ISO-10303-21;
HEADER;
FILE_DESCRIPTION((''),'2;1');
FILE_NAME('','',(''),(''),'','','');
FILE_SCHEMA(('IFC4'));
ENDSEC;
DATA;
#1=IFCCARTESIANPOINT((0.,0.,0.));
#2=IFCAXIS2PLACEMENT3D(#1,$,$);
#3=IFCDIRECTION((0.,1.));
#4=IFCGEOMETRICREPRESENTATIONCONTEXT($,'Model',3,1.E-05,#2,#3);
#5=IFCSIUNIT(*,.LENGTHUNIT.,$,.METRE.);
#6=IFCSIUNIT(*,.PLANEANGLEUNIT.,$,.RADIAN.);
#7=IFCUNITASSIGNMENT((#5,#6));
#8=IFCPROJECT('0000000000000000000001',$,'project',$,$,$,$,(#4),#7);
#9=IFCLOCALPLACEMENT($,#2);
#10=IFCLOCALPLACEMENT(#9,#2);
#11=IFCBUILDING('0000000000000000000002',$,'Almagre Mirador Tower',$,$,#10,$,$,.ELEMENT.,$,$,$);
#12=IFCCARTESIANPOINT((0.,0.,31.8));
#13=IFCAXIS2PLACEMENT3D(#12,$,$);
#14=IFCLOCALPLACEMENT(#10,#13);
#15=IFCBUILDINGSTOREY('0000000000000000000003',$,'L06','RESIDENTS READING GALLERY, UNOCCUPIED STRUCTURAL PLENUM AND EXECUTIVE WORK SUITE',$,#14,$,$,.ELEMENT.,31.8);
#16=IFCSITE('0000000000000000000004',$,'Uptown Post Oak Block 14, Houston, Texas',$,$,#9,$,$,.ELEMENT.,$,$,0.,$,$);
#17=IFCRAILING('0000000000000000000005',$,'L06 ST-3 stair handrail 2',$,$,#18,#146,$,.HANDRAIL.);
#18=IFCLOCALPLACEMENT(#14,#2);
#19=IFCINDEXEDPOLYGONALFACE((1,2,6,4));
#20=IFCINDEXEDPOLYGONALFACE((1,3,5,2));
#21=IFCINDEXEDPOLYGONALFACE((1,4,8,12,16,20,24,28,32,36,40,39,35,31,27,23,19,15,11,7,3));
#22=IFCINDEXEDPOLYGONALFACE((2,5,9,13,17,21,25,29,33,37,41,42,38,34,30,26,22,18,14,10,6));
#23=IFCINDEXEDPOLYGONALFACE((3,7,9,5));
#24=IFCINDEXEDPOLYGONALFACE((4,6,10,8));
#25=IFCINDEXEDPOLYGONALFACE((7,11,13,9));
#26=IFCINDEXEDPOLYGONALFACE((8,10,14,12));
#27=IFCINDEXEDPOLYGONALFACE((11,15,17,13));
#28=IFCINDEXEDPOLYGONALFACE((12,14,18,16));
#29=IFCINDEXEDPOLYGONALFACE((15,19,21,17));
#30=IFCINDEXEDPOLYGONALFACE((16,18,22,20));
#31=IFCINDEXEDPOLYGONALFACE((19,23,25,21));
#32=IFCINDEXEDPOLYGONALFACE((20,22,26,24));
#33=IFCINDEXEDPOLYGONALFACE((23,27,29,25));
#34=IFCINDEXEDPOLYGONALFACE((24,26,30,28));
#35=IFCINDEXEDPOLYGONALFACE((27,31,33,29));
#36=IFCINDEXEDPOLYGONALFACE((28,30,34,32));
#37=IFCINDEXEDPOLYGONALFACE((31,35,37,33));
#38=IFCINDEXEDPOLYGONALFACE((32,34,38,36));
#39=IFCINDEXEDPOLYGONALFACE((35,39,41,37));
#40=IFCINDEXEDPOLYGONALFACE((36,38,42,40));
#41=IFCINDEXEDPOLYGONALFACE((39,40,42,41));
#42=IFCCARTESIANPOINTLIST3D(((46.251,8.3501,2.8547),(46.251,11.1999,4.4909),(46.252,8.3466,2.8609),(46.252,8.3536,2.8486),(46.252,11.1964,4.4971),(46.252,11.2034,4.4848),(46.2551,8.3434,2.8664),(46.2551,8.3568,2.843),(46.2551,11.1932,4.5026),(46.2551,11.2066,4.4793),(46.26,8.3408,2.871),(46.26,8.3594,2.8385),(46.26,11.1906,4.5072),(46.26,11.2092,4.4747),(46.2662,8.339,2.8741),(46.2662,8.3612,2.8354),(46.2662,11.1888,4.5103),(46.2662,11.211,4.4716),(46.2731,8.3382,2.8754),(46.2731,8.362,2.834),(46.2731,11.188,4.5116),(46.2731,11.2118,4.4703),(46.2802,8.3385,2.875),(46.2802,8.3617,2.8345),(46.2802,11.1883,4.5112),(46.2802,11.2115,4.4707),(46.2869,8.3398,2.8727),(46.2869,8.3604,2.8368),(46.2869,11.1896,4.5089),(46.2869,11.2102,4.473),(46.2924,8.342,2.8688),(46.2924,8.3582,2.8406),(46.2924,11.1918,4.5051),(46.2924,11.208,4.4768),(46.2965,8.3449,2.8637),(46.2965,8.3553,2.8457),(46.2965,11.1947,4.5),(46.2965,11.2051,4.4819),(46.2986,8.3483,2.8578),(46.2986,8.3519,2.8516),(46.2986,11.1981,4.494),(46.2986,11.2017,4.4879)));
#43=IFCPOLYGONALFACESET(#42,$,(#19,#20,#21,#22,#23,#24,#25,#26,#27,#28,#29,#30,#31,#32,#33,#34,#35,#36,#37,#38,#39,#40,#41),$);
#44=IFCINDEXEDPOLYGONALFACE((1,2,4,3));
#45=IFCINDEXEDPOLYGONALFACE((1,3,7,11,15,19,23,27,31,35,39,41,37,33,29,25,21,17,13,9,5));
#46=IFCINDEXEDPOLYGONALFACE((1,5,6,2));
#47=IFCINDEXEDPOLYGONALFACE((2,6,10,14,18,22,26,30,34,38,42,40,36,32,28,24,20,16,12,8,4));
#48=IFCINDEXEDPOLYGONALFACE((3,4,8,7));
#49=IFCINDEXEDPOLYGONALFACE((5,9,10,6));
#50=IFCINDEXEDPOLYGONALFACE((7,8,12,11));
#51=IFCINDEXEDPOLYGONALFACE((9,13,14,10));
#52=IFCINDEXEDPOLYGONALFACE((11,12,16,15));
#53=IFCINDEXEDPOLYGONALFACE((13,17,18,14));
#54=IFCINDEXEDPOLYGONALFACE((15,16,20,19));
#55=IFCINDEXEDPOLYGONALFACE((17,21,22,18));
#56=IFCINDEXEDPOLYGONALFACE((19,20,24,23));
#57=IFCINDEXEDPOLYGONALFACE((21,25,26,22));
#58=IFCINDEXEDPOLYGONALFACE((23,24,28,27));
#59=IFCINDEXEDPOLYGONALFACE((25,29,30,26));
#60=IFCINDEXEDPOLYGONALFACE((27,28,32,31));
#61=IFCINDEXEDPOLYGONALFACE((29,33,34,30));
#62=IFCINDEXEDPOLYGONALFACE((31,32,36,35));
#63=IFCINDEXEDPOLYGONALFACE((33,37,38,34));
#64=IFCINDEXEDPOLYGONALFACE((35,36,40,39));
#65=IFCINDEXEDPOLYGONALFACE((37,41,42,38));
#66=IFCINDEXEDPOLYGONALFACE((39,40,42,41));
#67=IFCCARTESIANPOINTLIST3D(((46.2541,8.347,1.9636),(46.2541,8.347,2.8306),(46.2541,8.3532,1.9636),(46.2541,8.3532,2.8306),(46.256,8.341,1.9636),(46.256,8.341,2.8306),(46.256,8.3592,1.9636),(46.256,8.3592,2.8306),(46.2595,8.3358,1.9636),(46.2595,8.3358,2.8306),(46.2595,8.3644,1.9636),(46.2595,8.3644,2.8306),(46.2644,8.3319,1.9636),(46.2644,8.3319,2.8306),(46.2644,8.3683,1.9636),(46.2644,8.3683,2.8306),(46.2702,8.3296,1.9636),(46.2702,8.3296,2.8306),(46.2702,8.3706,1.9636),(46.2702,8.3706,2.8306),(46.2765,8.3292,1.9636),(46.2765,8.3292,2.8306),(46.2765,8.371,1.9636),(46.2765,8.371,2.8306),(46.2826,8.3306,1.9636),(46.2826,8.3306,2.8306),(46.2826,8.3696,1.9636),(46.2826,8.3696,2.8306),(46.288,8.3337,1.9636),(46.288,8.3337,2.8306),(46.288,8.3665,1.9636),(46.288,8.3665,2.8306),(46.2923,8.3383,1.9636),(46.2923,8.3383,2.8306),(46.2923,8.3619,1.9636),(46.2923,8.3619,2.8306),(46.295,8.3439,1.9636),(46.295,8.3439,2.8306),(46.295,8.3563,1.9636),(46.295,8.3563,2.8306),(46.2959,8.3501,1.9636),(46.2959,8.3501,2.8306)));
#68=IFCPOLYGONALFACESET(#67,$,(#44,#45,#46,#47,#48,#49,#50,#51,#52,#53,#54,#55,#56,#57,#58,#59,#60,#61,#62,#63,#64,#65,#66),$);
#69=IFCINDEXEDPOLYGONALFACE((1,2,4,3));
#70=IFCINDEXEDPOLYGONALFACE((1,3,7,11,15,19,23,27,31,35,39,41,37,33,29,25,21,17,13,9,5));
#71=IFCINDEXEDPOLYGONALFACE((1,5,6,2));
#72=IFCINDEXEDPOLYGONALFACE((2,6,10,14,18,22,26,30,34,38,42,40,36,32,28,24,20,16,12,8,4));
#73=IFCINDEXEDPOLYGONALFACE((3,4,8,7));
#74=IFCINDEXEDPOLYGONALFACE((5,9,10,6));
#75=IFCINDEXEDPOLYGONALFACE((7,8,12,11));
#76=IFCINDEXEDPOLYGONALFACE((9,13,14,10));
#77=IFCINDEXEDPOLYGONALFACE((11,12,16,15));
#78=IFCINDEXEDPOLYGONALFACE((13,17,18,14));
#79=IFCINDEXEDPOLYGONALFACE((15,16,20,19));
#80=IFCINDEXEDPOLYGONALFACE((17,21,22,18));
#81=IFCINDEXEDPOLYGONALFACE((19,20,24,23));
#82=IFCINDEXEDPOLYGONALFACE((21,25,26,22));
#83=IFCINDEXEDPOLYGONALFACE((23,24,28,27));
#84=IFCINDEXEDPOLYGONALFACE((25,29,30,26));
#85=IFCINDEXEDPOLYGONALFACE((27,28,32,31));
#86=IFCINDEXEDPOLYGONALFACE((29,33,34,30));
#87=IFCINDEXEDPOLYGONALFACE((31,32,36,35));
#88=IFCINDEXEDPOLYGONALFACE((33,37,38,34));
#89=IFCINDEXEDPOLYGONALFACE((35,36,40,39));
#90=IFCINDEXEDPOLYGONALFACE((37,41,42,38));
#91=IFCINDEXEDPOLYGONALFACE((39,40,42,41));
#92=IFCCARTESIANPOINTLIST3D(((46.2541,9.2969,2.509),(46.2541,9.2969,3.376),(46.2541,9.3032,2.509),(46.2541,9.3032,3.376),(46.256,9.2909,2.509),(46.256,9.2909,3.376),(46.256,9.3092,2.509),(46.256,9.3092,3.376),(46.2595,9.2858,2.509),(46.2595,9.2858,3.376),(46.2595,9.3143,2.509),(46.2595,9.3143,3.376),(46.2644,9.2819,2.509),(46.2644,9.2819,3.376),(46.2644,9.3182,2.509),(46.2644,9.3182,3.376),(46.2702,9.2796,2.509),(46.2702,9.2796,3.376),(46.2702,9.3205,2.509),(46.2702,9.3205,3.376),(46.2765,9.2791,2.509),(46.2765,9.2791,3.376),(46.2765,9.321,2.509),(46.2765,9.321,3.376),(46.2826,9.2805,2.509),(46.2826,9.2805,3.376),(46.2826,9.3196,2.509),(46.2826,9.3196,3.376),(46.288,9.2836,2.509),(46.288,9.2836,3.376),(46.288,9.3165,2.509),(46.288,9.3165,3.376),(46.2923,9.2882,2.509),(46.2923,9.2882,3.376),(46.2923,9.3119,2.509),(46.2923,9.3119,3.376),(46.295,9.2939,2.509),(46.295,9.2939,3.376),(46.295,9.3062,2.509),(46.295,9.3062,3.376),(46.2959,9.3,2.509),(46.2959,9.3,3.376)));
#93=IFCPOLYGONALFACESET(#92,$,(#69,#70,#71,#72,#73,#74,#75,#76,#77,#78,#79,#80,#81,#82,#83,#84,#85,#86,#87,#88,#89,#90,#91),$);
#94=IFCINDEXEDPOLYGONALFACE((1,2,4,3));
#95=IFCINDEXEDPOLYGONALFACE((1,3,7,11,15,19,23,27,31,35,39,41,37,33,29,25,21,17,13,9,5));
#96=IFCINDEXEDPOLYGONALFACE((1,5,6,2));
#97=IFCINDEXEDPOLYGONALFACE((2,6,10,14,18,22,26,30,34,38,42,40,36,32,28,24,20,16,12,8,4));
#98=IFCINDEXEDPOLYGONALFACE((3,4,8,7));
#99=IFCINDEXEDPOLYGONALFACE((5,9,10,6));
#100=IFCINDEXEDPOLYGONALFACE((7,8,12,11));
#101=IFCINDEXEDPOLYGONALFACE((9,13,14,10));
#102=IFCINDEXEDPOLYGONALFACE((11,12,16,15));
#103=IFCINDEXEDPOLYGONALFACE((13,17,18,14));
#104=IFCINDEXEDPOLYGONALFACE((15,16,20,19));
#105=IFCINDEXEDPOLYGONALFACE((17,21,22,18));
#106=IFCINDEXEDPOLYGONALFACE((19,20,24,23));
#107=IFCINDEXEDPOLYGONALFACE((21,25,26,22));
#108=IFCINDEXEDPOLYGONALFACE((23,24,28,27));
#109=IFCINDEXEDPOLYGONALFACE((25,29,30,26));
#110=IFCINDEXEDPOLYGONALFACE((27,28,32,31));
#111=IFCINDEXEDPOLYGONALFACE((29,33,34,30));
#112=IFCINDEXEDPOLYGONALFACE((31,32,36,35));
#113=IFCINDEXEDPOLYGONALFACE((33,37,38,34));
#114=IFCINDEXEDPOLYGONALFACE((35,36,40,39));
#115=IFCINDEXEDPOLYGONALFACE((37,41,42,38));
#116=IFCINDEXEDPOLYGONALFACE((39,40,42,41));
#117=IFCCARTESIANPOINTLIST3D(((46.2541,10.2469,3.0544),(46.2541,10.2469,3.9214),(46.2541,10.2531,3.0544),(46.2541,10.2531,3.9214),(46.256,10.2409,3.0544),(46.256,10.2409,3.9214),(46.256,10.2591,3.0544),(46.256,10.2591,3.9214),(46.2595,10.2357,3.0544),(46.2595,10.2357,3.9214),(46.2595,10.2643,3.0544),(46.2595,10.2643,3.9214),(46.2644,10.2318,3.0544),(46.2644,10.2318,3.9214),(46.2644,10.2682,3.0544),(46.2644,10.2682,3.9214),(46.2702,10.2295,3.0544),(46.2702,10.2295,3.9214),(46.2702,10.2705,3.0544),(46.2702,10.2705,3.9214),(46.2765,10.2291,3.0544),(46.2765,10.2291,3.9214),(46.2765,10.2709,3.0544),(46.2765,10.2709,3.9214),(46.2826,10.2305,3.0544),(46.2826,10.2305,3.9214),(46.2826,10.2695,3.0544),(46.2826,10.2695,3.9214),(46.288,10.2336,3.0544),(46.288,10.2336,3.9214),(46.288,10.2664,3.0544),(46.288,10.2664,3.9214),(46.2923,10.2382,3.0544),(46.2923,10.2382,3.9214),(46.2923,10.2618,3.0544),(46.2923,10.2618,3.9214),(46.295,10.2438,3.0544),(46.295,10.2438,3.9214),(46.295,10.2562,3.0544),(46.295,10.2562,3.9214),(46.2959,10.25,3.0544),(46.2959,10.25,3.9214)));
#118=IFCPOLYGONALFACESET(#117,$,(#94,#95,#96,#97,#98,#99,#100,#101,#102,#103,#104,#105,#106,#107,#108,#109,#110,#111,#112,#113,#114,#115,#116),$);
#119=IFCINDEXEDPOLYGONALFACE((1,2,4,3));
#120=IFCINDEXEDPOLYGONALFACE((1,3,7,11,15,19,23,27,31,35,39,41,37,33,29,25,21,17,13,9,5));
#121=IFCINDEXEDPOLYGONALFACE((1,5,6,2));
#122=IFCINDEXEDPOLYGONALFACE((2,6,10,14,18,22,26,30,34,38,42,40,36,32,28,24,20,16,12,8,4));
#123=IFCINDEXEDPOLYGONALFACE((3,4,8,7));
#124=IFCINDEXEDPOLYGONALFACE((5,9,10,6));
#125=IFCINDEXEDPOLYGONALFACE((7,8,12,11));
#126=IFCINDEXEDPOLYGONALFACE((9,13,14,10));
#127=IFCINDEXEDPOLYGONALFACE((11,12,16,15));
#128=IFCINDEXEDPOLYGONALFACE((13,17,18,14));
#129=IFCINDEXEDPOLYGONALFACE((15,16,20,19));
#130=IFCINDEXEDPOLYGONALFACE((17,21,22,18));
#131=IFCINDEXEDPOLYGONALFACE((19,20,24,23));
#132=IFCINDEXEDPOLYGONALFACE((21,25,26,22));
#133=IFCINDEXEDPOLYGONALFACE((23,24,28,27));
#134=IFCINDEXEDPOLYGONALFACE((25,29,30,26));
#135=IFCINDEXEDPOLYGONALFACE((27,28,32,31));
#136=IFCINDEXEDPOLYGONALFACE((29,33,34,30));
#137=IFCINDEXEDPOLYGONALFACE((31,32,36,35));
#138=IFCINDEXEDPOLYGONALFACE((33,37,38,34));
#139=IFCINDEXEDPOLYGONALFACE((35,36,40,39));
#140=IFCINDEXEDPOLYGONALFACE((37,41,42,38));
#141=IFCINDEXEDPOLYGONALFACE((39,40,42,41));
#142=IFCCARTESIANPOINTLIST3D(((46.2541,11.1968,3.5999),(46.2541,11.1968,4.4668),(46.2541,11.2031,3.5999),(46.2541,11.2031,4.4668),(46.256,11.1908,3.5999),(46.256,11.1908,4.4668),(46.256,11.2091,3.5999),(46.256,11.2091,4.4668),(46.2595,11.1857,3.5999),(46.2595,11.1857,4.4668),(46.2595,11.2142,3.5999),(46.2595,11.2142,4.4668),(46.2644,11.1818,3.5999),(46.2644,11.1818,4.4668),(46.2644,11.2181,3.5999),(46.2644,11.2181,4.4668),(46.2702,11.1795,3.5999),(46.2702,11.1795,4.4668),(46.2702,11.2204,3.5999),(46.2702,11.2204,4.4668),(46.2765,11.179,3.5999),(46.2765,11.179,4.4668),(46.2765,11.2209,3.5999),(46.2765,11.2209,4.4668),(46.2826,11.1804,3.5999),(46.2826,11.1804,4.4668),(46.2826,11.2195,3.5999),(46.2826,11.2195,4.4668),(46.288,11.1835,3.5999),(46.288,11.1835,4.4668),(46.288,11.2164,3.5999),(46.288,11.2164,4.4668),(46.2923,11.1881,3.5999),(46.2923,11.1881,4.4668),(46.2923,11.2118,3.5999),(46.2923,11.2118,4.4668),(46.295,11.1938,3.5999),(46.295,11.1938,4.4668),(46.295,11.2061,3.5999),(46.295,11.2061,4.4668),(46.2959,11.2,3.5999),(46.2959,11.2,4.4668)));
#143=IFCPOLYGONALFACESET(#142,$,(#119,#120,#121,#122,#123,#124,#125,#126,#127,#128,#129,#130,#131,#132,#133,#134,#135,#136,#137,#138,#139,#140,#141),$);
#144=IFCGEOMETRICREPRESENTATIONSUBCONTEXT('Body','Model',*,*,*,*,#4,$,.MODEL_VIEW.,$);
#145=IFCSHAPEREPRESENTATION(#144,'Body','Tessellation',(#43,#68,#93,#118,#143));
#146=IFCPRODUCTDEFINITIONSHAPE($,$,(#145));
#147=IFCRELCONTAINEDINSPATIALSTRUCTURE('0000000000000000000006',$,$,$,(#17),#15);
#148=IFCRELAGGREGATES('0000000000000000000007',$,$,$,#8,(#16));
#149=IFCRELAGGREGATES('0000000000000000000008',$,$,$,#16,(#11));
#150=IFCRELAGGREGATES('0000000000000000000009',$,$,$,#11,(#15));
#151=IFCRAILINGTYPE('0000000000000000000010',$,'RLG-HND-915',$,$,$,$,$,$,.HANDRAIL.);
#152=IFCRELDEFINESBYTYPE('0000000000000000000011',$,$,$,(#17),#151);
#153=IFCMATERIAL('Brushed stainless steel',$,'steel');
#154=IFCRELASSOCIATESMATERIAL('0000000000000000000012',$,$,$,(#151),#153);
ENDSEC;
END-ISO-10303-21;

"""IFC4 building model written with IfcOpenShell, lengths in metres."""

from ifc_helpers import new_model, si_unit, direction, frame, origin, origin_2d, place, context, subcontext, project, spatial, circle, extrude, material, type_object, element, save


model = new_model("IFC4")

# Units and contexts
model_context = context("Model", 3, precision=1e-05, world=origin(), true_north=direction((0.0, 1.0)))
body_context = subcontext(model_context, "Body", "Model", "MODEL_VIEW")
ifc_project = project(units=[si_unit("LENGTHUNIT", "METRE"), si_unit("PLANEANGLEUNIT", "RADIAN")], contexts=[model_context])

# Site, building, storey
site_placement = place(None, origin())
site = spatial("IfcSite", under=ifc_project, at=site_placement, Name="Uptown Post Oak Block 14, Houston, Texas", CompositionType="ELEMENT", RefElevation=0.0)
building_placement = place(site_placement, origin())
building = spatial("IfcBuilding", under=site, at=building_placement, Name="Almagre Mirador Tower", CompositionType="ELEMENT")
storey_placement = place(building_placement, frame((0.0, 0.0, 31.8)))
storey = spatial("IfcBuildingStorey", under=building, at=storey_placement, Name="L06", Description="RESIDENTS READING GALLERY, UNOCCUPIED STRUCTURAL PLENUM AND EXECUTIVE WORK SUITE", CompositionType="ELEMENT", Elevation=31.8)

# Railing
ifc_material_1 = material(Name="Brushed stainless steel", Category="steel")
railing_type_1 = type_object("IfcRailingType", Name="RLG-HND-915", PredefinedType="HANDRAIL", material=ifc_material_1)
railing_1_placement = place(storey_placement, frame((46.2749, 8.3501, 1.9636)))
element("IfcRailing", 1, at=railing_1_placement, inside=storey, type_object=railing_type_1, Name="L06 ST-3 stair handrail 2", PredefinedType="HANDRAIL", context=body_context, shape_type="SweptSolid", body=[
    extrude(circle(Radius=0.0239, at=origin_2d()), frame((0.0, 0.0, 0.8911), z_axis=(0.0, 0.867226, 0.497914), x_axis=(-1.0, 0.0, 0.0)), (0.0, 0.0, 1.0), 3.2861),
    extrude(circle(Radius=0.021, at=origin_2d()), origin(), (0.0, 0.0, 1.0), 0.8669),
    extrude(circle(Radius=0.021, at=origin_2d()), frame((0.0, 0.95, 0.5454)), (0.0, 0.0, 1.0), 0.8669),
    extrude(circle(Radius=0.021, at=origin_2d()), frame((0.0, 1.8999, 1.0908)), (0.0, 0.0, 1.0), 0.8669),
    extrude(circle(Radius=0.021, at=origin_2d()), frame((0.0, 2.8499, 1.6362)), (0.0, 0.0, 1.0), 0.8669),
])

save(model, "model.ifc")
